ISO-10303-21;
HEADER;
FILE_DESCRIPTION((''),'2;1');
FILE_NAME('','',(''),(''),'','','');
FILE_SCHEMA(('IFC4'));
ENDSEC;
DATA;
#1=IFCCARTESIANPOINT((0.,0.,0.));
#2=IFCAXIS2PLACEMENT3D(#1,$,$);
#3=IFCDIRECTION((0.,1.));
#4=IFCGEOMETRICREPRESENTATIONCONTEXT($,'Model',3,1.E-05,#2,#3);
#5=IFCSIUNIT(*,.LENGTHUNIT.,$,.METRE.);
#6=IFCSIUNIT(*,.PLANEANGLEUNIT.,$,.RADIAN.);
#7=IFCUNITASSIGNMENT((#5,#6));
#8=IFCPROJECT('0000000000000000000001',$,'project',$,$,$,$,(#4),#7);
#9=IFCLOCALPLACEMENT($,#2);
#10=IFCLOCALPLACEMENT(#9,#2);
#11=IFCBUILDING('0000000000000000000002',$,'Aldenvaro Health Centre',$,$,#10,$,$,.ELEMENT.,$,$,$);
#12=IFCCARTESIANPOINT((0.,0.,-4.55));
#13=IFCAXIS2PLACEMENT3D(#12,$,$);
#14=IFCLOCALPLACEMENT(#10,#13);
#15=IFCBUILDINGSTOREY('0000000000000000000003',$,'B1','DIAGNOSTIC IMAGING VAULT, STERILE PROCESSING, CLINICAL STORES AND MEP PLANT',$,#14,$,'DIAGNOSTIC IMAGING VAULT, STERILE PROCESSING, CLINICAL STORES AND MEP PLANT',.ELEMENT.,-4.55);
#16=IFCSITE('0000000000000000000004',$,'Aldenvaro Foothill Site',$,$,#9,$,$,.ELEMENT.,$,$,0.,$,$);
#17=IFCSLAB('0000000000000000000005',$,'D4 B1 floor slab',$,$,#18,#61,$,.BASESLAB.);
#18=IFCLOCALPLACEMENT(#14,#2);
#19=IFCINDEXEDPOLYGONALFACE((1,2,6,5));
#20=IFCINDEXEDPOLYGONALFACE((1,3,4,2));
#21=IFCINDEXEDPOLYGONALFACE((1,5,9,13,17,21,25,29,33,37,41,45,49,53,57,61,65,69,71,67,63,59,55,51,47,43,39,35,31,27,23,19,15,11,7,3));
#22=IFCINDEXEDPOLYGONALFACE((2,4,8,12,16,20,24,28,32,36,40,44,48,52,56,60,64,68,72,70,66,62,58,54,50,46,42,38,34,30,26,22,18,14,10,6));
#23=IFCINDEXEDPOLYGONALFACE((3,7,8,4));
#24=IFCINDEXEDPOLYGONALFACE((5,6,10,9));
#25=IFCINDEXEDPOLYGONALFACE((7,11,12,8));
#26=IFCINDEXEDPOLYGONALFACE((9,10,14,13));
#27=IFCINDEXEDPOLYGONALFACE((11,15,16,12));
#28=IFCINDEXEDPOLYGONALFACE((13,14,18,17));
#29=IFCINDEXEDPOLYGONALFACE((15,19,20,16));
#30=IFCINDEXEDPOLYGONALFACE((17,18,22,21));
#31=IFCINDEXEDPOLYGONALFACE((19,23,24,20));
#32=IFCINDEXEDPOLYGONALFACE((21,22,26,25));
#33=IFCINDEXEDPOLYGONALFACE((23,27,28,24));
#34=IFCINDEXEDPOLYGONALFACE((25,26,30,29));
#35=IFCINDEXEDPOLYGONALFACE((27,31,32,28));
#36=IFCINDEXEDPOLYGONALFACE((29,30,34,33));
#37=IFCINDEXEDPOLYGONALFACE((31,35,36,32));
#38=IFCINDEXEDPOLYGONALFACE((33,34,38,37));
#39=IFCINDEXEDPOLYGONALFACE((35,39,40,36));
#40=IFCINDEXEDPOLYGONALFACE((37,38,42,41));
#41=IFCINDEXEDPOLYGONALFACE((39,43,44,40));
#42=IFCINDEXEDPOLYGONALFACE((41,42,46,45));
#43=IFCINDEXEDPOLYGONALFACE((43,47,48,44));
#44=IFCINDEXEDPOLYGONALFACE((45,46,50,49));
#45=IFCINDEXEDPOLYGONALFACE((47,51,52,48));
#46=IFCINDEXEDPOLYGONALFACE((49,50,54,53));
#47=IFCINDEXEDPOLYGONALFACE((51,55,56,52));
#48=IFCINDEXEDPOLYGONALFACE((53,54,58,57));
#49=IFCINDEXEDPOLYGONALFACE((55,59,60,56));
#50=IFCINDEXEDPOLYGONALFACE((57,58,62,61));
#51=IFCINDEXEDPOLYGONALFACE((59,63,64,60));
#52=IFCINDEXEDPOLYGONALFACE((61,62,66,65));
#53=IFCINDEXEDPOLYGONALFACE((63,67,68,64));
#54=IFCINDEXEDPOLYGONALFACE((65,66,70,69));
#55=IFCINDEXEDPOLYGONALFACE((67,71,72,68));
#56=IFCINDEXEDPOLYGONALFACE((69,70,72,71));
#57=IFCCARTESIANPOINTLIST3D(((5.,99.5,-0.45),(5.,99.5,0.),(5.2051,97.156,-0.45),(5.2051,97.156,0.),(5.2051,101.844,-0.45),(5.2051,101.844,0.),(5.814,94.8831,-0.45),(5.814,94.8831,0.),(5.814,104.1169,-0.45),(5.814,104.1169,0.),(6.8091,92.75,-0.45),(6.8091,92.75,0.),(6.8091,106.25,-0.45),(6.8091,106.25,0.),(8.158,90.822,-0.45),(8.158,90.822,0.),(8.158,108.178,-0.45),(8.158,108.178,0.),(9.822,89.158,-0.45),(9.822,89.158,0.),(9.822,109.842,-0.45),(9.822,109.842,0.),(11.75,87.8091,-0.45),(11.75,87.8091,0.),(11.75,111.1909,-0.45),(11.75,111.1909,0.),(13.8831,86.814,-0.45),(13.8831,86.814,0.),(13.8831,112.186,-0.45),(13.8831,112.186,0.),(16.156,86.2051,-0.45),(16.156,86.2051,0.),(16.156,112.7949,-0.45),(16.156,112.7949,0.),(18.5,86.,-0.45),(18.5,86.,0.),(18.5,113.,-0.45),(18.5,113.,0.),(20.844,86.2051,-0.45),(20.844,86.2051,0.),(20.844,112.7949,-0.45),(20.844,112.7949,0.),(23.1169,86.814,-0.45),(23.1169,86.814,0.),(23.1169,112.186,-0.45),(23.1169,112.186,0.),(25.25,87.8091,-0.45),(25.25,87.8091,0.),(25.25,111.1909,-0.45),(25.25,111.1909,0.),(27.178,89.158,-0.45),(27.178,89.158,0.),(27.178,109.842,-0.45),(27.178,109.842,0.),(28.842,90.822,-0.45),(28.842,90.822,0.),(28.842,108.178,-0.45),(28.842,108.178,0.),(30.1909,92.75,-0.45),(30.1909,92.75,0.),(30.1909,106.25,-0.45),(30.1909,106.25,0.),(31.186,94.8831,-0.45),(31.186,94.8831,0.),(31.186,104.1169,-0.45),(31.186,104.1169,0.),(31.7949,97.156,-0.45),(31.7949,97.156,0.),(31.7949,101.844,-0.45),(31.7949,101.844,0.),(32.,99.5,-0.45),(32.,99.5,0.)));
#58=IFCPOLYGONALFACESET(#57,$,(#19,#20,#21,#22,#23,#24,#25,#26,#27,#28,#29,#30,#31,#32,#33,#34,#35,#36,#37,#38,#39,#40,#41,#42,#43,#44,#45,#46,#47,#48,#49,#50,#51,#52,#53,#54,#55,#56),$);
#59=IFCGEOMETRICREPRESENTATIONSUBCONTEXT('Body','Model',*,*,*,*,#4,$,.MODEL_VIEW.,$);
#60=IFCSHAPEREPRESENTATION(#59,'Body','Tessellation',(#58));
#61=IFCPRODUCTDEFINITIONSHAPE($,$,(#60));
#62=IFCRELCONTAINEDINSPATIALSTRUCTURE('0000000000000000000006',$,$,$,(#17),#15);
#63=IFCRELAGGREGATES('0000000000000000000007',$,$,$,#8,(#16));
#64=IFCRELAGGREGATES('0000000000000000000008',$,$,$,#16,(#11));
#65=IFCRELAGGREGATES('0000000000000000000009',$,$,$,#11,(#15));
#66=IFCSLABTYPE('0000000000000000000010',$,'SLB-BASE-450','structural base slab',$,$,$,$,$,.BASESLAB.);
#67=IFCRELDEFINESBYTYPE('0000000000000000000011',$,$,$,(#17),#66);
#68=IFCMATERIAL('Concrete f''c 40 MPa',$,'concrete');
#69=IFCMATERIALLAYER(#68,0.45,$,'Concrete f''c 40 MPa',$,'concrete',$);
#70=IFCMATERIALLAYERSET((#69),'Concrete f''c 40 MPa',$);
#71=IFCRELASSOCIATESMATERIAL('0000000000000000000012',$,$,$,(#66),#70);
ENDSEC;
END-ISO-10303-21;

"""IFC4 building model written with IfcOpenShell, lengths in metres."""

from ifc_helpers import new_model, si_unit, direction, frame, origin, place, context, subcontext, project, spatial, polyline, outline, extrude, material, layer, layer_set, type_object, element, save


model = new_model("IFC4")

# Units and contexts
model_context = context("Model", 3, precision=1e-05, world=origin(), true_north=direction((0.0, 1.0)))
body_context = subcontext(model_context, "Body", "Model", "MODEL_VIEW")
ifc_project = project(units=[si_unit("LENGTHUNIT", "METRE"), si_unit("PLANEANGLEUNIT", "RADIAN")], contexts=[model_context])

# Site, building, storey
site_placement = place(None, origin())
site = spatial("IfcSite", under=ifc_project, at=site_placement, Name="Aldenvaro Foothill Site", CompositionType="ELEMENT", RefElevation=0.0)
building_placement = place(site_placement, origin())
building = spatial("IfcBuilding", under=site, at=building_placement, Name="Aldenvaro Health Centre", CompositionType="ELEMENT")
storey_placement = place(building_placement, frame((0.0, 0.0, -4.55)))
storey = spatial("IfcBuildingStorey", under=building, at=storey_placement, Name="B1", Description="DIAGNOSTIC IMAGING VAULT, STERILE PROCESSING, CLINICAL STORES AND MEP PLANT", LongName="DIAGNOSTIC IMAGING VAULT, STERILE PROCESSING, CLINICAL STORES AND MEP PLANT", CompositionType="ELEMENT", Elevation=-4.55)

# Slab
ifc_material = material(Name="Concrete f'c 40 MPa", Category="concrete")
ifc_layer_1 = layer(ifc_material, 0.45, Name="Concrete f'c 40 MPa", Category="concrete")
ifc_layer_set_1 = layer_set([ifc_layer_1], Name="Concrete f'c 40 MPa")
slab_type_1 = type_object("IfcSlabType", Name="SLB-BASE-450", Description="structural base slab", PredefinedType="BASESLAB", material=ifc_layer_set_1)
slab_1_placement = place(storey_placement, frame((0.0, 0.0, -0.45)))
element("IfcSlab", 1, at=slab_1_placement, inside=storey, type_object=slab_type_1, Name="D4 B1 floor slab", PredefinedType="BASESLAB", context=body_context, shape_type="SweptSolid", body=[
    extrude(outline(polyline([(32.0, 99.5), (31.7949, 101.844), (31.186, 104.1169), (30.1909, 106.25), (28.842, 108.178), (27.178, 109.842), (25.25, 111.1909), (23.1169, 112.186), (20.844, 112.7949), (18.5, 113.0), (16.156, 112.7949), (13.8831, 112.186), (11.75, 111.1909), (9.822, 109.842), (8.158, 108.178), (6.8091, 106.25), (5.814, 104.1169), (5.2051, 101.844), (5.0, 99.5), (5.2051, 97.156), (5.814, 94.8831), (6.8091, 92.75), (8.158, 90.822), (9.822, 89.158), (11.75, 87.8091), (13.8831, 86.814), (16.156, 86.2051), (18.5, 86.0), (20.844, 86.2051), (23.1169, 86.814), (25.25, 87.8091), (27.178, 89.158), (28.842, 90.822), (30.1909, 92.75), (31.186, 94.8831), (31.7949, 97.156), (32.0, 99.5)])), origin(), (0.0, 0.0, 1.0), 0.45),
])

save(model, "model.ifc")
